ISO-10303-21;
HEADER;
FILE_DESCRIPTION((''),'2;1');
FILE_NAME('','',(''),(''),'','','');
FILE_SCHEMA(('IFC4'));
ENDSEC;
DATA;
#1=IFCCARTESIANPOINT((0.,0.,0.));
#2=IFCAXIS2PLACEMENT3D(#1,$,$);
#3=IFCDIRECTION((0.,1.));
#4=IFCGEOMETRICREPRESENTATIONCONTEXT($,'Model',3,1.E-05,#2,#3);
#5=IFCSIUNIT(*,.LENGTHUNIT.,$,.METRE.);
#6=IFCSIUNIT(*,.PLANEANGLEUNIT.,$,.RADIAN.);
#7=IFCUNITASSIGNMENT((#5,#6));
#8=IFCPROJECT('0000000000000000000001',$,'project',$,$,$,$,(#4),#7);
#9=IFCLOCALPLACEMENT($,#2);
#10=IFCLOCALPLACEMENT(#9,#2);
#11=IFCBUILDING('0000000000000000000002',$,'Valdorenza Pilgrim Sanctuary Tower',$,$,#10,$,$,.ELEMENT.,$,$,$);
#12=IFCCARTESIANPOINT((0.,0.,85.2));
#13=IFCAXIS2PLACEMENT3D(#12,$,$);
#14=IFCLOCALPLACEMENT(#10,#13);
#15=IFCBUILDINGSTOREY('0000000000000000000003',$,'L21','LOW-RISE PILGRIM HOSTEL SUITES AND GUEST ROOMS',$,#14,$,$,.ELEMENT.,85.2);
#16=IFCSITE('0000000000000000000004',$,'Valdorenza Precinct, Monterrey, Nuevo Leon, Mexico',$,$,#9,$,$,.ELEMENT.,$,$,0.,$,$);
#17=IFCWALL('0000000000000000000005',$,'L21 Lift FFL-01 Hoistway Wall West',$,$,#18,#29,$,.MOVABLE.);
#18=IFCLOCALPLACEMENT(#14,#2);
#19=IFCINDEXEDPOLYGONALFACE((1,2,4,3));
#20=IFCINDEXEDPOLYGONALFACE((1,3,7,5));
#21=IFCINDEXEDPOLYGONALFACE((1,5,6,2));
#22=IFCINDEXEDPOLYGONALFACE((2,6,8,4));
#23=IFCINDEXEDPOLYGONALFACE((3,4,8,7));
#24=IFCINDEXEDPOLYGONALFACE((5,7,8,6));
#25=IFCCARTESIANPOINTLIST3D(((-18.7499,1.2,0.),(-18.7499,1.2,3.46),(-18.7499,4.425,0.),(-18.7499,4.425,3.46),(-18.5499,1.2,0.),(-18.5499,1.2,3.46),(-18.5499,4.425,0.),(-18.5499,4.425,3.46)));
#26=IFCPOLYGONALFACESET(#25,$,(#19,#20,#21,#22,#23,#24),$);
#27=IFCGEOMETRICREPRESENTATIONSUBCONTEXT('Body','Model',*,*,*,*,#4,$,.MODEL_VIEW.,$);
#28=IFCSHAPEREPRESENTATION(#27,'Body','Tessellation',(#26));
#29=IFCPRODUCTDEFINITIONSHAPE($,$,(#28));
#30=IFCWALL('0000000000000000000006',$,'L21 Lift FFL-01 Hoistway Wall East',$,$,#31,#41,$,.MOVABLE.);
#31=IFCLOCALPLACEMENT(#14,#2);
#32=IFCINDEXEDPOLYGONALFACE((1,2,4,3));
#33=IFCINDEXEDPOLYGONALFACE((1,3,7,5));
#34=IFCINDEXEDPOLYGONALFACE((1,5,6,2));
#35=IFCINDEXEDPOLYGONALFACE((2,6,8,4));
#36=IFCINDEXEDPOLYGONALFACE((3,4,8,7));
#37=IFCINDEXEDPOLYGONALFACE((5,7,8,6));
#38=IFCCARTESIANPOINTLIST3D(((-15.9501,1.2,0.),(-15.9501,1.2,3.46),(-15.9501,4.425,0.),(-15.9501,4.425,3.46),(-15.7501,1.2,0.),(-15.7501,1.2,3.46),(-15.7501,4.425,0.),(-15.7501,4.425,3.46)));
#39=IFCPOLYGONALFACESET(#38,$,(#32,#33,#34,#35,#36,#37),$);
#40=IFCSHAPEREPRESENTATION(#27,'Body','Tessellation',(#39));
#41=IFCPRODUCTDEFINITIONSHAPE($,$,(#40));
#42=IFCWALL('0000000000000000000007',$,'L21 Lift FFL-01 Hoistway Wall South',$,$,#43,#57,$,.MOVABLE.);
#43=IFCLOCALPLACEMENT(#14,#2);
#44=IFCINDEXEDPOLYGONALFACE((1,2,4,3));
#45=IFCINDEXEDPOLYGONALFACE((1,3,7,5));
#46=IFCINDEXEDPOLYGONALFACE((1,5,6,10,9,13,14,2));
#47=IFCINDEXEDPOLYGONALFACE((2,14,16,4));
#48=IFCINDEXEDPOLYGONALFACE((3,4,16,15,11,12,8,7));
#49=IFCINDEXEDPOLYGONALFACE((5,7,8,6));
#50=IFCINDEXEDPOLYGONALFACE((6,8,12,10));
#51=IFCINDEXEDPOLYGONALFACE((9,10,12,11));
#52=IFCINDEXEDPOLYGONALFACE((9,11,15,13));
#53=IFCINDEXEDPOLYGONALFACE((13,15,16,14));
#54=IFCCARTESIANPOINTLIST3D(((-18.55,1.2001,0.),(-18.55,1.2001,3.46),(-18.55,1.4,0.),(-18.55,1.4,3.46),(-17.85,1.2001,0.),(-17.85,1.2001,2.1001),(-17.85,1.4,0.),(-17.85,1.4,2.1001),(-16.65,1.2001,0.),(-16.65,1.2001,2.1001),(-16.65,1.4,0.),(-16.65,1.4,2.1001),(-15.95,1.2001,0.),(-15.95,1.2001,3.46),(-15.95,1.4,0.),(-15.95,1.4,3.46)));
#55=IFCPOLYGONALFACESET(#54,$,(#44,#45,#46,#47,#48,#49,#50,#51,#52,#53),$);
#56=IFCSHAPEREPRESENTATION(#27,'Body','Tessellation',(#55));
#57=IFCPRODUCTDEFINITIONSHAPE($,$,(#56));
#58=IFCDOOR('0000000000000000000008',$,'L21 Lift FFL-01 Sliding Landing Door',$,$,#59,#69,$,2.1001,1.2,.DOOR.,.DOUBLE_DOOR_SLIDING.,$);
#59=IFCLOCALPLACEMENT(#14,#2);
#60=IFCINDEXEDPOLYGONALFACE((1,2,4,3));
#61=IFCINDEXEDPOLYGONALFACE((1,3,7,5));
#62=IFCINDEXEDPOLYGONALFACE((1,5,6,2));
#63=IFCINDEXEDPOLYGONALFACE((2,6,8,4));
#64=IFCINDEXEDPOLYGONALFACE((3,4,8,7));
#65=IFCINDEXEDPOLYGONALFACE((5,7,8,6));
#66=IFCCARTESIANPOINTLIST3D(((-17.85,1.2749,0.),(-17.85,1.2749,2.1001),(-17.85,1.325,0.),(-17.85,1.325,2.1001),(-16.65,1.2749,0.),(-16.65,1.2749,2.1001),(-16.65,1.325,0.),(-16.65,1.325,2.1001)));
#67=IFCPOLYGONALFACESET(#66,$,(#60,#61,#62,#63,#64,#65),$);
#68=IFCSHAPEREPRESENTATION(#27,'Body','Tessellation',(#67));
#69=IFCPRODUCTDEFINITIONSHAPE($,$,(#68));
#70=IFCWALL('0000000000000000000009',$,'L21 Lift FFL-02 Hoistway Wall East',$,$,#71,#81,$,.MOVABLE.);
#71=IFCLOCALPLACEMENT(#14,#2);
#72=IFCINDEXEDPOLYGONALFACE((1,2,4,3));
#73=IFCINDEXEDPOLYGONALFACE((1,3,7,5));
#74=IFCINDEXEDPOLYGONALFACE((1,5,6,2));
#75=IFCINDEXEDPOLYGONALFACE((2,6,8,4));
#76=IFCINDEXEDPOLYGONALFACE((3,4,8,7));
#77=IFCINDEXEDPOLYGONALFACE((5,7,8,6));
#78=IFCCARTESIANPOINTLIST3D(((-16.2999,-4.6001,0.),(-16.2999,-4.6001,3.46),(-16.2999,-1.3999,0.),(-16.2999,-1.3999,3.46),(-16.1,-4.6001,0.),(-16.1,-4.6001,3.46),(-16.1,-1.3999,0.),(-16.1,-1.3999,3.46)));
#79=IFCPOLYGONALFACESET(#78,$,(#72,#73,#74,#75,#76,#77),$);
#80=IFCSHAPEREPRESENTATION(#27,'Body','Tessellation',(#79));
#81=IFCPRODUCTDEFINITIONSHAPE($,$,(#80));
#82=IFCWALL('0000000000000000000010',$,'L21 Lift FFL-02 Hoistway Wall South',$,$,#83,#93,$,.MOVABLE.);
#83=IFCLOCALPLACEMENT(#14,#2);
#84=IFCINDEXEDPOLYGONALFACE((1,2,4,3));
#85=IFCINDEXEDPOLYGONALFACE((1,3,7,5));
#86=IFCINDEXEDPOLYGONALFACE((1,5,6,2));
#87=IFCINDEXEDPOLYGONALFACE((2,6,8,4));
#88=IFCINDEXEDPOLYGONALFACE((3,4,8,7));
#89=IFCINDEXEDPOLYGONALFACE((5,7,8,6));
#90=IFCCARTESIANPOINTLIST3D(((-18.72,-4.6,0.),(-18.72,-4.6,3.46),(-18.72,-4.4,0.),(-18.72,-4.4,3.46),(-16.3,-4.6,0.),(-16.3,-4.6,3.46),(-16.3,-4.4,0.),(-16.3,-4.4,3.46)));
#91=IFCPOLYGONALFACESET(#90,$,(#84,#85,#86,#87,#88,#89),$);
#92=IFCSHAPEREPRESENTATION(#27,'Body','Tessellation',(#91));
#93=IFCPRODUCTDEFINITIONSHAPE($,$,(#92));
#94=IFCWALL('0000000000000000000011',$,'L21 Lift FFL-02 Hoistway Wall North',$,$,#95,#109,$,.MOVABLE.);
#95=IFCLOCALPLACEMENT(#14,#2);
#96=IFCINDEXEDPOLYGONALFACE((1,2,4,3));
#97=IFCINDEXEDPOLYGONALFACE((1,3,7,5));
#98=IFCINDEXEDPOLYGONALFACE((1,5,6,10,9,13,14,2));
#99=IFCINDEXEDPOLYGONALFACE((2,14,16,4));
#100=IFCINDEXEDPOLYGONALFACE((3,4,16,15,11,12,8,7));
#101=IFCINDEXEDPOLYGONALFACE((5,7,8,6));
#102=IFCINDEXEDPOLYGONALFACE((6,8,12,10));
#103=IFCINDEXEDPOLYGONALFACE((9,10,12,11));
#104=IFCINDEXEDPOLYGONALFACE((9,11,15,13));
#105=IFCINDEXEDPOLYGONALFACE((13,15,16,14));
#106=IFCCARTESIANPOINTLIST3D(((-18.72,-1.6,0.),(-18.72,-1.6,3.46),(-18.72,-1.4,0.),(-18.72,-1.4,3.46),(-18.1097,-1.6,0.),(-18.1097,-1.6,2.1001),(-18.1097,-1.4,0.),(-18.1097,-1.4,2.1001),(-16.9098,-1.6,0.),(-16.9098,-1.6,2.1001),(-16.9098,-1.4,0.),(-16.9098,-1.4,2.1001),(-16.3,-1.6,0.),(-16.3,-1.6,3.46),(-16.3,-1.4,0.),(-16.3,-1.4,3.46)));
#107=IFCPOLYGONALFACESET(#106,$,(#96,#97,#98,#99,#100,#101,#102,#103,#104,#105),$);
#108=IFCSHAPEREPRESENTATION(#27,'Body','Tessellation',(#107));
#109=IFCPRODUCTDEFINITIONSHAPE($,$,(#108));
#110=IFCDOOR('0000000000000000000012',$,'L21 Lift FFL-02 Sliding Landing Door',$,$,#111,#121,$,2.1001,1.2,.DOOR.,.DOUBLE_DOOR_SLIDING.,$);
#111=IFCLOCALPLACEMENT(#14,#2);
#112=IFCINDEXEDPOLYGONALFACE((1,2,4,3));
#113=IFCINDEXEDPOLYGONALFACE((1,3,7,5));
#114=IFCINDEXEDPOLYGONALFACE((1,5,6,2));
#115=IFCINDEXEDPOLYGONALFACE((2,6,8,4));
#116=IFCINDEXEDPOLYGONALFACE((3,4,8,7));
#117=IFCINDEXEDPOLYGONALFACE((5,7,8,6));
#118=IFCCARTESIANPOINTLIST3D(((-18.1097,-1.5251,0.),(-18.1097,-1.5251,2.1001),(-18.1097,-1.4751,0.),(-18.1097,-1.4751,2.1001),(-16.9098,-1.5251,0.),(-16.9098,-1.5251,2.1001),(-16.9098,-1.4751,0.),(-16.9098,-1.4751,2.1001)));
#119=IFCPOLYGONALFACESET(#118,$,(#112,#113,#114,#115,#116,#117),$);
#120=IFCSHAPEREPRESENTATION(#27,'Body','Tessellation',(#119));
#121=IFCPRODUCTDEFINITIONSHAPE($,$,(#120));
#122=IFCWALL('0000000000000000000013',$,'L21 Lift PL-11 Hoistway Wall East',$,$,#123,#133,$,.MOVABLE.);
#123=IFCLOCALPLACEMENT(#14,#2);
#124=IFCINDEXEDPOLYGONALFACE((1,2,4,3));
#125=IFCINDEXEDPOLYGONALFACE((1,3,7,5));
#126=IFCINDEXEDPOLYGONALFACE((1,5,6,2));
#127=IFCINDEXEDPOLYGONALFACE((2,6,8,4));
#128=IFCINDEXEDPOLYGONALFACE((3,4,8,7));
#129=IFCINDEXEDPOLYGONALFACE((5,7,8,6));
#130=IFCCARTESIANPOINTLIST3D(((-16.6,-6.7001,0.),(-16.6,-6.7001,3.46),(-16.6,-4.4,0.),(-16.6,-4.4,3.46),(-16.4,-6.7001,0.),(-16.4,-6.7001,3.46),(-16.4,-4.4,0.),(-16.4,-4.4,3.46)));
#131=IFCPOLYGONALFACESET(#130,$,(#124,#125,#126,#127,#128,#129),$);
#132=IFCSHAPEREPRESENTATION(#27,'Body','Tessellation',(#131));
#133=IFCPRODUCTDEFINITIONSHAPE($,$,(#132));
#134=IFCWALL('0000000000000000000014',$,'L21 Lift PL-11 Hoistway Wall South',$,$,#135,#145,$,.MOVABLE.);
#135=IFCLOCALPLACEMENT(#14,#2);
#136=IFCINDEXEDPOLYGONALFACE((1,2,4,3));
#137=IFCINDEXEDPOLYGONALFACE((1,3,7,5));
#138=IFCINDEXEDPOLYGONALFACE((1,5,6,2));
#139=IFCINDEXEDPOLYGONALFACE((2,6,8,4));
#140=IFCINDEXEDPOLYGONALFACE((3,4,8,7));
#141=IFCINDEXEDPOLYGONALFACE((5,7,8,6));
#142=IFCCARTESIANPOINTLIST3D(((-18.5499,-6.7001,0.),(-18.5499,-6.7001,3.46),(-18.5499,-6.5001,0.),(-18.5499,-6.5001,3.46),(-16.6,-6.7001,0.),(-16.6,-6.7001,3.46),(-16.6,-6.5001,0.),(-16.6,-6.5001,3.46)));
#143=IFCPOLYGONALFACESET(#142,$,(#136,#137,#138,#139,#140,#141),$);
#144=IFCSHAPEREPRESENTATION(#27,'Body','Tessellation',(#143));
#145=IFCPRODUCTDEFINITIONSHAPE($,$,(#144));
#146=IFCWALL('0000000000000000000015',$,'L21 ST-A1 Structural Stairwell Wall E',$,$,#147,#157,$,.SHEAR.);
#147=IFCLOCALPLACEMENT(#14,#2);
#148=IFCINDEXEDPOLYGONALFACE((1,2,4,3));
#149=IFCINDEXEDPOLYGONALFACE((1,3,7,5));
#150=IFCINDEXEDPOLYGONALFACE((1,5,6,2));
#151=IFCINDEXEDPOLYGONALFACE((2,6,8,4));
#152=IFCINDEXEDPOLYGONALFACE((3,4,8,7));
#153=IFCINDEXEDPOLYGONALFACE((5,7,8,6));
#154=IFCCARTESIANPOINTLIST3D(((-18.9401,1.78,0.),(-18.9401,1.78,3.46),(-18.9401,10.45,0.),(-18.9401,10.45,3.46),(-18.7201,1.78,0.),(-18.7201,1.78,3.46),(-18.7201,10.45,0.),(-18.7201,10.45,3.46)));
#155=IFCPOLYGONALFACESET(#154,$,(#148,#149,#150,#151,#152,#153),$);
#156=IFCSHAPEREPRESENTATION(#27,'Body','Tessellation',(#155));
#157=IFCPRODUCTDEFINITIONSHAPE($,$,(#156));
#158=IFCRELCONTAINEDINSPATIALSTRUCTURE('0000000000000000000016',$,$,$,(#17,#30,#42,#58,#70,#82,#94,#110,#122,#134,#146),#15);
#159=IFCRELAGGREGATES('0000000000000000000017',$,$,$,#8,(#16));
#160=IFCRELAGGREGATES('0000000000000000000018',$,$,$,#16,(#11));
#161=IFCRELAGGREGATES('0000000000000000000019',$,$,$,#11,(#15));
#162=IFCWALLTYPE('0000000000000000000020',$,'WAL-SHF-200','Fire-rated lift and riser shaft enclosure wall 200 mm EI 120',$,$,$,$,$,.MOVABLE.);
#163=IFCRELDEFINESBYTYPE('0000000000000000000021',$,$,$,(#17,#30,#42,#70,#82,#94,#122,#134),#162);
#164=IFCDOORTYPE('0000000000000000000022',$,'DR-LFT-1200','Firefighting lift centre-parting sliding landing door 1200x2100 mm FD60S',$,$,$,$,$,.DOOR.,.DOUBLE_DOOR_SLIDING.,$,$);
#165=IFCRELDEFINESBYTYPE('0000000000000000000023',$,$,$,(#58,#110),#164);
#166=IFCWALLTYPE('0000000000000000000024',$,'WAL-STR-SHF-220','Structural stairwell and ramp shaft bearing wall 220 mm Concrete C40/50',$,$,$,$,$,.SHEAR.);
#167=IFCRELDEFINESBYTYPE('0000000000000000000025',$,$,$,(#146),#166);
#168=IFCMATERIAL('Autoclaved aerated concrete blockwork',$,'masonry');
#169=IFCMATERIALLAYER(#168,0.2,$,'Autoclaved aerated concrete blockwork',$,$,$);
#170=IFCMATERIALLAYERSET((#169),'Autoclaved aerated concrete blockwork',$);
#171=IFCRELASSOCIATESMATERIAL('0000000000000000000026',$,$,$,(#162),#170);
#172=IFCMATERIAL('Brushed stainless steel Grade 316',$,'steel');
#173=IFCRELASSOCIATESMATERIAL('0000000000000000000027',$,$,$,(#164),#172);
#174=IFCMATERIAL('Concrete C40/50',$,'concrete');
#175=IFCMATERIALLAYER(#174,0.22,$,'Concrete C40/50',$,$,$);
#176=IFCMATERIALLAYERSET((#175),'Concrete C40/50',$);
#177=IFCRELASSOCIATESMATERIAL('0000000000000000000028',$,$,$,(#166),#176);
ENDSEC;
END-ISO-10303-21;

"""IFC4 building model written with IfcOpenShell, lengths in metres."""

from ifc_helpers import new_model, si_unit, direction, frame, frame_2d, origin, place, context, subcontext, project, spatial, rectangle, extrude, material, layer, layer_set, type_object, element, fill, save


model = new_model("IFC4")

# Units and contexts
model_context = context("Model", 3, precision=1e-05, world=origin(), true_north=direction((0.0, 1.0)))
body_context = subcontext(model_context, "Body", "Model", "MODEL_VIEW")
ifc_project = project(units=[si_unit("LENGTHUNIT", "METRE"), si_unit("PLANEANGLEUNIT", "RADIAN")], contexts=[model_context])

# Site, building, storey
site_placement = place(None, origin())
site = spatial("IfcSite", under=ifc_project, at=site_placement, Name="Valdorenza Precinct, Monterrey, Nuevo Leon, Mexico", CompositionType="ELEMENT", RefElevation=0.0)
building_placement = place(site_placement, origin())
building = spatial("IfcBuilding", under=site, at=building_placement, Name="Valdorenza Pilgrim Sanctuary Tower", CompositionType="ELEMENT")
storey_placement = place(building_placement, frame((0.0, 0.0, 85.2)))
storey = spatial("IfcBuildingStorey", under=building, at=storey_placement, Name="L21", Description="LOW-RISE PILGRIM HOSTEL SUITES AND GUEST ROOMS", CompositionType="ELEMENT", Elevation=85.2)

# Walls
ifc_material_1 = material(Name="Autoclaved aerated concrete blockwork", Category="masonry")
ifc_layer_1 = layer(ifc_material_1, 0.2, Name="Autoclaved aerated concrete blockwork")
ifc_layer_set_1 = layer_set([ifc_layer_1], Name="Autoclaved aerated concrete blockwork")
wall_type_1 = type_object("IfcWallType", Name="WAL-SHF-200", Description="Fire-rated lift and riser shaft enclosure wall 200 mm EI 120", PredefinedType="MOVABLE", material=ifc_layer_set_1)
for number, where, z_axis, x_axis, name in (
    (1, (-18.6499, 1.2, 0.0), (0.0, 0.0, 1.0), (0.0, 1.0, 0.0), "L21 Lift FFL-01 Hoistway Wall West"),
    (2, (-15.8501, 1.2, 0.0), (0.0, 0.0, 1.0), (0.0, 1.0, 0.0), "L21 Lift FFL-01 Hoistway Wall East"),
):
    element("IfcWall", number, at=place(storey_placement, frame(where, z_axis=z_axis, x_axis=x_axis)), inside=storey, type_object=wall_type_1, Name=name, PredefinedType="MOVABLE", context=body_context, shape_type="SweptSolid", body=[
        extrude(rectangle(XDim=3.2251, YDim=0.2, at=frame_2d((1.6125, 0.0))), origin(), (0.0, 0.0, 1.0), 3.46),
    ])

# Wall, opening, door
wall_1_placement = place(storey_placement, frame((-18.55, 1.3, 0.0), z_axis=(0.0, 0.0, 1.0), x_axis=(1.0, 0.0, 0.0)))
wall_1 = element("IfcWall", 3, at=wall_1_placement, inside=storey, type_object=wall_type_1, Name="L21 Lift FFL-01 Hoistway Wall South", PredefinedType="MOVABLE", context=body_context, shape_type="SweptSolid", body=[
    extrude(rectangle(XDim=2.6001, YDim=0.2, at=frame_2d((1.3, 0.0))), origin(), (0.0, 0.0, 1.0), 3.46),
])
opening_1_placement = place(wall_1_placement, frame((0.7, 0.0, 0.0)))
opening_1 = element("IfcOpeningElement", 4, at=opening_1_placement, cuts=wall_1, PredefinedType="OPENING", context=body_context, shape_type="SweptSolid", body=[
    extrude(rectangle(XDim=1.2, YDim=2.1001, at=frame_2d((0.6001, 1.05))), frame((0.0, 0.1147, 0.0), z_axis=(0.0, -1.0, 0.0), x_axis=(1.0, 0.0, 0.0)), (0.0, 0.0, 1.0), 0.2297),
])
ifc_material_2 = material(Name="Brushed stainless steel Grade 316", Category="steel")
door_type = type_object("IfcDoorType", Name="DR-LFT-1200", Description="Firefighting lift centre-parting sliding landing door 1200x2100 mm FD60S", OperationType="DOUBLE_DOOR_SLIDING", PredefinedType="DOOR", material=ifc_material_2)
door_1_placement = place(opening_1_placement, origin())
door_1 = element("IfcDoor", 5, at=door_1_placement, inside=storey, type_object=door_type, Name="L21 Lift FFL-01 Sliding Landing Door", OperationType="DOUBLE_DOOR_SLIDING", OverallHeight=2.1001, OverallWidth=1.2, PredefinedType="DOOR", context=body_context, shape_type="SweptSolid", body=[
    extrude(rectangle(XDim=1.2, YDim=2.1001, at=frame_2d((0.6001, 1.05))), frame((0.0, 0.0249, 0.0), z_axis=(0.0, -1.0, 0.0), x_axis=(1.0, 0.0, 0.0)), (0.0, 0.0, 1.0), 0.05),
])
fill(opening_1, door_1)

# Walls
wall_2_placement = place(storey_placement, frame((-16.2, -4.6001, 0.0), z_axis=(0.0, 0.0, 1.0), x_axis=(0.0, 1.0, 0.0)))
element("IfcWall", 6, at=wall_2_placement, inside=storey, type_object=wall_type_1, Name="L21 Lift FFL-02 Hoistway Wall East", PredefinedType="MOVABLE", context=body_context, shape_type="SweptSolid", body=[
    extrude(rectangle(XDim=3.2002, YDim=0.2, at=frame_2d((1.6001, 0.0))), origin(), (0.0, 0.0, 1.0), 3.46),
])
wall_3_placement = place(storey_placement, frame((-18.72, -4.5, 0.0), z_axis=(0.0, 0.0, 1.0), x_axis=(1.0, 0.0, 0.0)))
element("IfcWall", 7, at=wall_3_placement, inside=storey, type_object=wall_type_1, Name="L21 Lift FFL-02 Hoistway Wall South", PredefinedType="MOVABLE", context=body_context, shape_type="SweptSolid", body=[
    extrude(rectangle(XDim=2.4199, YDim=0.2, at=frame_2d((1.21, 0.0))), origin(), (0.0, 0.0, 1.0), 3.46),
])

# Wall, opening, door
wall_4_placement = place(storey_placement, frame((-18.72, -1.5, 0.0), z_axis=(0.0, 0.0, 1.0), x_axis=(1.0, 0.0, 0.0)))
wall_4 = element("IfcWall", 8, at=wall_4_placement, inside=storey, type_object=wall_type_1, Name="L21 Lift FFL-02 Hoistway Wall North", PredefinedType="MOVABLE", context=body_context, shape_type="SweptSolid", body=[
    extrude(rectangle(XDim=2.4199, YDim=0.2, at=frame_2d((1.21, 0.0))), origin(), (0.0, 0.0, 1.0), 3.46),
])
opening_2_placement = place(wall_4_placement, frame((0.6101, 0.0, 0.0)))
opening_2 = element("IfcOpeningElement", 9, at=opening_2_placement, cuts=wall_4, PredefinedType="OPENING", context=body_context, shape_type="SweptSolid", body=[
    extrude(rectangle(XDim=1.2, YDim=2.1001, at=frame_2d((0.6001, 1.05))), frame((0.0, 0.1147, 0.0), z_axis=(0.0, -1.0, 0.0), x_axis=(1.0, 0.0, 0.0)), (0.0, 0.0, 1.0), 0.2297),
])
door_2_placement = place(opening_2_placement, origin())
door_2 = element("IfcDoor", 10, at=door_2_placement, inside=storey, type_object=door_type, Name="L21 Lift FFL-02 Sliding Landing Door", OperationType="DOUBLE_DOOR_SLIDING", OverallHeight=2.1001, OverallWidth=1.2, PredefinedType="DOOR", context=body_context, shape_type="SweptSolid", body=[
    extrude(rectangle(XDim=1.2, YDim=2.1001, at=frame_2d((0.6001, 1.05))), frame((0.0, 0.0249, 0.0), z_axis=(0.0, -1.0, 0.0), x_axis=(1.0, 0.0, 0.0)), (0.0, 0.0, 1.0), 0.05),
])
fill(opening_2, door_2)

# Walls
wall_5_placement = place(storey_placement, frame((-16.5, -6.7, 0.0), z_axis=(0.0, 0.0, 1.0), x_axis=(0.0, 1.0, 0.0)))
element("IfcWall", 11, at=wall_5_placement, inside=storey, type_object=wall_type_1, Name="L21 Lift PL-11 Hoistway Wall East", PredefinedType="MOVABLE", context=body_context, shape_type="SweptSolid", body=[
    extrude(rectangle(XDim=2.3, YDim=0.2, at=frame_2d((1.1499, 0.0))), origin(), (0.0, 0.0, 1.0), 3.46),
])
wall_6_placement = place(storey_placement, frame((-18.55, -6.6001, 0.0), z_axis=(0.0, 0.0, 1.0), x_axis=(1.0, 0.0, 0.0)))
element("IfcWall", 12, at=wall_6_placement, inside=storey, type_object=wall_type_1, Name="L21 Lift PL-11 Hoistway Wall South", PredefinedType="MOVABLE", context=body_context, shape_type="SweptSolid", body=[
    extrude(rectangle(XDim=1.95, YDim=0.2, at=frame_2d((0.9751, 0.0))), origin(), (0.0, 0.0, 1.0), 3.46),
])
ifc_material_3 = material(Name="Concrete C40/50", Category="concrete")
ifc_layer_2 = layer(ifc_material_3, 0.22, Name="Concrete C40/50")
ifc_layer_set_2 = layer_set([ifc_layer_2], Name="Concrete C40/50")
wall_type_2 = type_object("IfcWallType", Name="WAL-STR-SHF-220", Description="Structural stairwell and ramp shaft bearing wall 220 mm Concrete C40/50", PredefinedType="SHEAR", material=ifc_layer_set_2)
wall_7_placement = place(storey_placement, frame((-18.8301, 1.78, 0.0), z_axis=(0.0, 0.0, 1.0), x_axis=(0.0, 1.0, 0.0)))
element("IfcWall", 13, at=wall_7_placement, inside=storey, type_object=wall_type_2, Name="L21 ST-A1 Structural Stairwell Wall E", PredefinedType="SHEAR", context=body_context, shape_type="SweptSolid", body=[
    extrude(rectangle(XDim=8.6699, YDim=0.22, at=frame_2d((4.335, 0.0))), origin(), (0.0, 0.0, 1.0), 3.46),
])

save(model, "model.ifc")
